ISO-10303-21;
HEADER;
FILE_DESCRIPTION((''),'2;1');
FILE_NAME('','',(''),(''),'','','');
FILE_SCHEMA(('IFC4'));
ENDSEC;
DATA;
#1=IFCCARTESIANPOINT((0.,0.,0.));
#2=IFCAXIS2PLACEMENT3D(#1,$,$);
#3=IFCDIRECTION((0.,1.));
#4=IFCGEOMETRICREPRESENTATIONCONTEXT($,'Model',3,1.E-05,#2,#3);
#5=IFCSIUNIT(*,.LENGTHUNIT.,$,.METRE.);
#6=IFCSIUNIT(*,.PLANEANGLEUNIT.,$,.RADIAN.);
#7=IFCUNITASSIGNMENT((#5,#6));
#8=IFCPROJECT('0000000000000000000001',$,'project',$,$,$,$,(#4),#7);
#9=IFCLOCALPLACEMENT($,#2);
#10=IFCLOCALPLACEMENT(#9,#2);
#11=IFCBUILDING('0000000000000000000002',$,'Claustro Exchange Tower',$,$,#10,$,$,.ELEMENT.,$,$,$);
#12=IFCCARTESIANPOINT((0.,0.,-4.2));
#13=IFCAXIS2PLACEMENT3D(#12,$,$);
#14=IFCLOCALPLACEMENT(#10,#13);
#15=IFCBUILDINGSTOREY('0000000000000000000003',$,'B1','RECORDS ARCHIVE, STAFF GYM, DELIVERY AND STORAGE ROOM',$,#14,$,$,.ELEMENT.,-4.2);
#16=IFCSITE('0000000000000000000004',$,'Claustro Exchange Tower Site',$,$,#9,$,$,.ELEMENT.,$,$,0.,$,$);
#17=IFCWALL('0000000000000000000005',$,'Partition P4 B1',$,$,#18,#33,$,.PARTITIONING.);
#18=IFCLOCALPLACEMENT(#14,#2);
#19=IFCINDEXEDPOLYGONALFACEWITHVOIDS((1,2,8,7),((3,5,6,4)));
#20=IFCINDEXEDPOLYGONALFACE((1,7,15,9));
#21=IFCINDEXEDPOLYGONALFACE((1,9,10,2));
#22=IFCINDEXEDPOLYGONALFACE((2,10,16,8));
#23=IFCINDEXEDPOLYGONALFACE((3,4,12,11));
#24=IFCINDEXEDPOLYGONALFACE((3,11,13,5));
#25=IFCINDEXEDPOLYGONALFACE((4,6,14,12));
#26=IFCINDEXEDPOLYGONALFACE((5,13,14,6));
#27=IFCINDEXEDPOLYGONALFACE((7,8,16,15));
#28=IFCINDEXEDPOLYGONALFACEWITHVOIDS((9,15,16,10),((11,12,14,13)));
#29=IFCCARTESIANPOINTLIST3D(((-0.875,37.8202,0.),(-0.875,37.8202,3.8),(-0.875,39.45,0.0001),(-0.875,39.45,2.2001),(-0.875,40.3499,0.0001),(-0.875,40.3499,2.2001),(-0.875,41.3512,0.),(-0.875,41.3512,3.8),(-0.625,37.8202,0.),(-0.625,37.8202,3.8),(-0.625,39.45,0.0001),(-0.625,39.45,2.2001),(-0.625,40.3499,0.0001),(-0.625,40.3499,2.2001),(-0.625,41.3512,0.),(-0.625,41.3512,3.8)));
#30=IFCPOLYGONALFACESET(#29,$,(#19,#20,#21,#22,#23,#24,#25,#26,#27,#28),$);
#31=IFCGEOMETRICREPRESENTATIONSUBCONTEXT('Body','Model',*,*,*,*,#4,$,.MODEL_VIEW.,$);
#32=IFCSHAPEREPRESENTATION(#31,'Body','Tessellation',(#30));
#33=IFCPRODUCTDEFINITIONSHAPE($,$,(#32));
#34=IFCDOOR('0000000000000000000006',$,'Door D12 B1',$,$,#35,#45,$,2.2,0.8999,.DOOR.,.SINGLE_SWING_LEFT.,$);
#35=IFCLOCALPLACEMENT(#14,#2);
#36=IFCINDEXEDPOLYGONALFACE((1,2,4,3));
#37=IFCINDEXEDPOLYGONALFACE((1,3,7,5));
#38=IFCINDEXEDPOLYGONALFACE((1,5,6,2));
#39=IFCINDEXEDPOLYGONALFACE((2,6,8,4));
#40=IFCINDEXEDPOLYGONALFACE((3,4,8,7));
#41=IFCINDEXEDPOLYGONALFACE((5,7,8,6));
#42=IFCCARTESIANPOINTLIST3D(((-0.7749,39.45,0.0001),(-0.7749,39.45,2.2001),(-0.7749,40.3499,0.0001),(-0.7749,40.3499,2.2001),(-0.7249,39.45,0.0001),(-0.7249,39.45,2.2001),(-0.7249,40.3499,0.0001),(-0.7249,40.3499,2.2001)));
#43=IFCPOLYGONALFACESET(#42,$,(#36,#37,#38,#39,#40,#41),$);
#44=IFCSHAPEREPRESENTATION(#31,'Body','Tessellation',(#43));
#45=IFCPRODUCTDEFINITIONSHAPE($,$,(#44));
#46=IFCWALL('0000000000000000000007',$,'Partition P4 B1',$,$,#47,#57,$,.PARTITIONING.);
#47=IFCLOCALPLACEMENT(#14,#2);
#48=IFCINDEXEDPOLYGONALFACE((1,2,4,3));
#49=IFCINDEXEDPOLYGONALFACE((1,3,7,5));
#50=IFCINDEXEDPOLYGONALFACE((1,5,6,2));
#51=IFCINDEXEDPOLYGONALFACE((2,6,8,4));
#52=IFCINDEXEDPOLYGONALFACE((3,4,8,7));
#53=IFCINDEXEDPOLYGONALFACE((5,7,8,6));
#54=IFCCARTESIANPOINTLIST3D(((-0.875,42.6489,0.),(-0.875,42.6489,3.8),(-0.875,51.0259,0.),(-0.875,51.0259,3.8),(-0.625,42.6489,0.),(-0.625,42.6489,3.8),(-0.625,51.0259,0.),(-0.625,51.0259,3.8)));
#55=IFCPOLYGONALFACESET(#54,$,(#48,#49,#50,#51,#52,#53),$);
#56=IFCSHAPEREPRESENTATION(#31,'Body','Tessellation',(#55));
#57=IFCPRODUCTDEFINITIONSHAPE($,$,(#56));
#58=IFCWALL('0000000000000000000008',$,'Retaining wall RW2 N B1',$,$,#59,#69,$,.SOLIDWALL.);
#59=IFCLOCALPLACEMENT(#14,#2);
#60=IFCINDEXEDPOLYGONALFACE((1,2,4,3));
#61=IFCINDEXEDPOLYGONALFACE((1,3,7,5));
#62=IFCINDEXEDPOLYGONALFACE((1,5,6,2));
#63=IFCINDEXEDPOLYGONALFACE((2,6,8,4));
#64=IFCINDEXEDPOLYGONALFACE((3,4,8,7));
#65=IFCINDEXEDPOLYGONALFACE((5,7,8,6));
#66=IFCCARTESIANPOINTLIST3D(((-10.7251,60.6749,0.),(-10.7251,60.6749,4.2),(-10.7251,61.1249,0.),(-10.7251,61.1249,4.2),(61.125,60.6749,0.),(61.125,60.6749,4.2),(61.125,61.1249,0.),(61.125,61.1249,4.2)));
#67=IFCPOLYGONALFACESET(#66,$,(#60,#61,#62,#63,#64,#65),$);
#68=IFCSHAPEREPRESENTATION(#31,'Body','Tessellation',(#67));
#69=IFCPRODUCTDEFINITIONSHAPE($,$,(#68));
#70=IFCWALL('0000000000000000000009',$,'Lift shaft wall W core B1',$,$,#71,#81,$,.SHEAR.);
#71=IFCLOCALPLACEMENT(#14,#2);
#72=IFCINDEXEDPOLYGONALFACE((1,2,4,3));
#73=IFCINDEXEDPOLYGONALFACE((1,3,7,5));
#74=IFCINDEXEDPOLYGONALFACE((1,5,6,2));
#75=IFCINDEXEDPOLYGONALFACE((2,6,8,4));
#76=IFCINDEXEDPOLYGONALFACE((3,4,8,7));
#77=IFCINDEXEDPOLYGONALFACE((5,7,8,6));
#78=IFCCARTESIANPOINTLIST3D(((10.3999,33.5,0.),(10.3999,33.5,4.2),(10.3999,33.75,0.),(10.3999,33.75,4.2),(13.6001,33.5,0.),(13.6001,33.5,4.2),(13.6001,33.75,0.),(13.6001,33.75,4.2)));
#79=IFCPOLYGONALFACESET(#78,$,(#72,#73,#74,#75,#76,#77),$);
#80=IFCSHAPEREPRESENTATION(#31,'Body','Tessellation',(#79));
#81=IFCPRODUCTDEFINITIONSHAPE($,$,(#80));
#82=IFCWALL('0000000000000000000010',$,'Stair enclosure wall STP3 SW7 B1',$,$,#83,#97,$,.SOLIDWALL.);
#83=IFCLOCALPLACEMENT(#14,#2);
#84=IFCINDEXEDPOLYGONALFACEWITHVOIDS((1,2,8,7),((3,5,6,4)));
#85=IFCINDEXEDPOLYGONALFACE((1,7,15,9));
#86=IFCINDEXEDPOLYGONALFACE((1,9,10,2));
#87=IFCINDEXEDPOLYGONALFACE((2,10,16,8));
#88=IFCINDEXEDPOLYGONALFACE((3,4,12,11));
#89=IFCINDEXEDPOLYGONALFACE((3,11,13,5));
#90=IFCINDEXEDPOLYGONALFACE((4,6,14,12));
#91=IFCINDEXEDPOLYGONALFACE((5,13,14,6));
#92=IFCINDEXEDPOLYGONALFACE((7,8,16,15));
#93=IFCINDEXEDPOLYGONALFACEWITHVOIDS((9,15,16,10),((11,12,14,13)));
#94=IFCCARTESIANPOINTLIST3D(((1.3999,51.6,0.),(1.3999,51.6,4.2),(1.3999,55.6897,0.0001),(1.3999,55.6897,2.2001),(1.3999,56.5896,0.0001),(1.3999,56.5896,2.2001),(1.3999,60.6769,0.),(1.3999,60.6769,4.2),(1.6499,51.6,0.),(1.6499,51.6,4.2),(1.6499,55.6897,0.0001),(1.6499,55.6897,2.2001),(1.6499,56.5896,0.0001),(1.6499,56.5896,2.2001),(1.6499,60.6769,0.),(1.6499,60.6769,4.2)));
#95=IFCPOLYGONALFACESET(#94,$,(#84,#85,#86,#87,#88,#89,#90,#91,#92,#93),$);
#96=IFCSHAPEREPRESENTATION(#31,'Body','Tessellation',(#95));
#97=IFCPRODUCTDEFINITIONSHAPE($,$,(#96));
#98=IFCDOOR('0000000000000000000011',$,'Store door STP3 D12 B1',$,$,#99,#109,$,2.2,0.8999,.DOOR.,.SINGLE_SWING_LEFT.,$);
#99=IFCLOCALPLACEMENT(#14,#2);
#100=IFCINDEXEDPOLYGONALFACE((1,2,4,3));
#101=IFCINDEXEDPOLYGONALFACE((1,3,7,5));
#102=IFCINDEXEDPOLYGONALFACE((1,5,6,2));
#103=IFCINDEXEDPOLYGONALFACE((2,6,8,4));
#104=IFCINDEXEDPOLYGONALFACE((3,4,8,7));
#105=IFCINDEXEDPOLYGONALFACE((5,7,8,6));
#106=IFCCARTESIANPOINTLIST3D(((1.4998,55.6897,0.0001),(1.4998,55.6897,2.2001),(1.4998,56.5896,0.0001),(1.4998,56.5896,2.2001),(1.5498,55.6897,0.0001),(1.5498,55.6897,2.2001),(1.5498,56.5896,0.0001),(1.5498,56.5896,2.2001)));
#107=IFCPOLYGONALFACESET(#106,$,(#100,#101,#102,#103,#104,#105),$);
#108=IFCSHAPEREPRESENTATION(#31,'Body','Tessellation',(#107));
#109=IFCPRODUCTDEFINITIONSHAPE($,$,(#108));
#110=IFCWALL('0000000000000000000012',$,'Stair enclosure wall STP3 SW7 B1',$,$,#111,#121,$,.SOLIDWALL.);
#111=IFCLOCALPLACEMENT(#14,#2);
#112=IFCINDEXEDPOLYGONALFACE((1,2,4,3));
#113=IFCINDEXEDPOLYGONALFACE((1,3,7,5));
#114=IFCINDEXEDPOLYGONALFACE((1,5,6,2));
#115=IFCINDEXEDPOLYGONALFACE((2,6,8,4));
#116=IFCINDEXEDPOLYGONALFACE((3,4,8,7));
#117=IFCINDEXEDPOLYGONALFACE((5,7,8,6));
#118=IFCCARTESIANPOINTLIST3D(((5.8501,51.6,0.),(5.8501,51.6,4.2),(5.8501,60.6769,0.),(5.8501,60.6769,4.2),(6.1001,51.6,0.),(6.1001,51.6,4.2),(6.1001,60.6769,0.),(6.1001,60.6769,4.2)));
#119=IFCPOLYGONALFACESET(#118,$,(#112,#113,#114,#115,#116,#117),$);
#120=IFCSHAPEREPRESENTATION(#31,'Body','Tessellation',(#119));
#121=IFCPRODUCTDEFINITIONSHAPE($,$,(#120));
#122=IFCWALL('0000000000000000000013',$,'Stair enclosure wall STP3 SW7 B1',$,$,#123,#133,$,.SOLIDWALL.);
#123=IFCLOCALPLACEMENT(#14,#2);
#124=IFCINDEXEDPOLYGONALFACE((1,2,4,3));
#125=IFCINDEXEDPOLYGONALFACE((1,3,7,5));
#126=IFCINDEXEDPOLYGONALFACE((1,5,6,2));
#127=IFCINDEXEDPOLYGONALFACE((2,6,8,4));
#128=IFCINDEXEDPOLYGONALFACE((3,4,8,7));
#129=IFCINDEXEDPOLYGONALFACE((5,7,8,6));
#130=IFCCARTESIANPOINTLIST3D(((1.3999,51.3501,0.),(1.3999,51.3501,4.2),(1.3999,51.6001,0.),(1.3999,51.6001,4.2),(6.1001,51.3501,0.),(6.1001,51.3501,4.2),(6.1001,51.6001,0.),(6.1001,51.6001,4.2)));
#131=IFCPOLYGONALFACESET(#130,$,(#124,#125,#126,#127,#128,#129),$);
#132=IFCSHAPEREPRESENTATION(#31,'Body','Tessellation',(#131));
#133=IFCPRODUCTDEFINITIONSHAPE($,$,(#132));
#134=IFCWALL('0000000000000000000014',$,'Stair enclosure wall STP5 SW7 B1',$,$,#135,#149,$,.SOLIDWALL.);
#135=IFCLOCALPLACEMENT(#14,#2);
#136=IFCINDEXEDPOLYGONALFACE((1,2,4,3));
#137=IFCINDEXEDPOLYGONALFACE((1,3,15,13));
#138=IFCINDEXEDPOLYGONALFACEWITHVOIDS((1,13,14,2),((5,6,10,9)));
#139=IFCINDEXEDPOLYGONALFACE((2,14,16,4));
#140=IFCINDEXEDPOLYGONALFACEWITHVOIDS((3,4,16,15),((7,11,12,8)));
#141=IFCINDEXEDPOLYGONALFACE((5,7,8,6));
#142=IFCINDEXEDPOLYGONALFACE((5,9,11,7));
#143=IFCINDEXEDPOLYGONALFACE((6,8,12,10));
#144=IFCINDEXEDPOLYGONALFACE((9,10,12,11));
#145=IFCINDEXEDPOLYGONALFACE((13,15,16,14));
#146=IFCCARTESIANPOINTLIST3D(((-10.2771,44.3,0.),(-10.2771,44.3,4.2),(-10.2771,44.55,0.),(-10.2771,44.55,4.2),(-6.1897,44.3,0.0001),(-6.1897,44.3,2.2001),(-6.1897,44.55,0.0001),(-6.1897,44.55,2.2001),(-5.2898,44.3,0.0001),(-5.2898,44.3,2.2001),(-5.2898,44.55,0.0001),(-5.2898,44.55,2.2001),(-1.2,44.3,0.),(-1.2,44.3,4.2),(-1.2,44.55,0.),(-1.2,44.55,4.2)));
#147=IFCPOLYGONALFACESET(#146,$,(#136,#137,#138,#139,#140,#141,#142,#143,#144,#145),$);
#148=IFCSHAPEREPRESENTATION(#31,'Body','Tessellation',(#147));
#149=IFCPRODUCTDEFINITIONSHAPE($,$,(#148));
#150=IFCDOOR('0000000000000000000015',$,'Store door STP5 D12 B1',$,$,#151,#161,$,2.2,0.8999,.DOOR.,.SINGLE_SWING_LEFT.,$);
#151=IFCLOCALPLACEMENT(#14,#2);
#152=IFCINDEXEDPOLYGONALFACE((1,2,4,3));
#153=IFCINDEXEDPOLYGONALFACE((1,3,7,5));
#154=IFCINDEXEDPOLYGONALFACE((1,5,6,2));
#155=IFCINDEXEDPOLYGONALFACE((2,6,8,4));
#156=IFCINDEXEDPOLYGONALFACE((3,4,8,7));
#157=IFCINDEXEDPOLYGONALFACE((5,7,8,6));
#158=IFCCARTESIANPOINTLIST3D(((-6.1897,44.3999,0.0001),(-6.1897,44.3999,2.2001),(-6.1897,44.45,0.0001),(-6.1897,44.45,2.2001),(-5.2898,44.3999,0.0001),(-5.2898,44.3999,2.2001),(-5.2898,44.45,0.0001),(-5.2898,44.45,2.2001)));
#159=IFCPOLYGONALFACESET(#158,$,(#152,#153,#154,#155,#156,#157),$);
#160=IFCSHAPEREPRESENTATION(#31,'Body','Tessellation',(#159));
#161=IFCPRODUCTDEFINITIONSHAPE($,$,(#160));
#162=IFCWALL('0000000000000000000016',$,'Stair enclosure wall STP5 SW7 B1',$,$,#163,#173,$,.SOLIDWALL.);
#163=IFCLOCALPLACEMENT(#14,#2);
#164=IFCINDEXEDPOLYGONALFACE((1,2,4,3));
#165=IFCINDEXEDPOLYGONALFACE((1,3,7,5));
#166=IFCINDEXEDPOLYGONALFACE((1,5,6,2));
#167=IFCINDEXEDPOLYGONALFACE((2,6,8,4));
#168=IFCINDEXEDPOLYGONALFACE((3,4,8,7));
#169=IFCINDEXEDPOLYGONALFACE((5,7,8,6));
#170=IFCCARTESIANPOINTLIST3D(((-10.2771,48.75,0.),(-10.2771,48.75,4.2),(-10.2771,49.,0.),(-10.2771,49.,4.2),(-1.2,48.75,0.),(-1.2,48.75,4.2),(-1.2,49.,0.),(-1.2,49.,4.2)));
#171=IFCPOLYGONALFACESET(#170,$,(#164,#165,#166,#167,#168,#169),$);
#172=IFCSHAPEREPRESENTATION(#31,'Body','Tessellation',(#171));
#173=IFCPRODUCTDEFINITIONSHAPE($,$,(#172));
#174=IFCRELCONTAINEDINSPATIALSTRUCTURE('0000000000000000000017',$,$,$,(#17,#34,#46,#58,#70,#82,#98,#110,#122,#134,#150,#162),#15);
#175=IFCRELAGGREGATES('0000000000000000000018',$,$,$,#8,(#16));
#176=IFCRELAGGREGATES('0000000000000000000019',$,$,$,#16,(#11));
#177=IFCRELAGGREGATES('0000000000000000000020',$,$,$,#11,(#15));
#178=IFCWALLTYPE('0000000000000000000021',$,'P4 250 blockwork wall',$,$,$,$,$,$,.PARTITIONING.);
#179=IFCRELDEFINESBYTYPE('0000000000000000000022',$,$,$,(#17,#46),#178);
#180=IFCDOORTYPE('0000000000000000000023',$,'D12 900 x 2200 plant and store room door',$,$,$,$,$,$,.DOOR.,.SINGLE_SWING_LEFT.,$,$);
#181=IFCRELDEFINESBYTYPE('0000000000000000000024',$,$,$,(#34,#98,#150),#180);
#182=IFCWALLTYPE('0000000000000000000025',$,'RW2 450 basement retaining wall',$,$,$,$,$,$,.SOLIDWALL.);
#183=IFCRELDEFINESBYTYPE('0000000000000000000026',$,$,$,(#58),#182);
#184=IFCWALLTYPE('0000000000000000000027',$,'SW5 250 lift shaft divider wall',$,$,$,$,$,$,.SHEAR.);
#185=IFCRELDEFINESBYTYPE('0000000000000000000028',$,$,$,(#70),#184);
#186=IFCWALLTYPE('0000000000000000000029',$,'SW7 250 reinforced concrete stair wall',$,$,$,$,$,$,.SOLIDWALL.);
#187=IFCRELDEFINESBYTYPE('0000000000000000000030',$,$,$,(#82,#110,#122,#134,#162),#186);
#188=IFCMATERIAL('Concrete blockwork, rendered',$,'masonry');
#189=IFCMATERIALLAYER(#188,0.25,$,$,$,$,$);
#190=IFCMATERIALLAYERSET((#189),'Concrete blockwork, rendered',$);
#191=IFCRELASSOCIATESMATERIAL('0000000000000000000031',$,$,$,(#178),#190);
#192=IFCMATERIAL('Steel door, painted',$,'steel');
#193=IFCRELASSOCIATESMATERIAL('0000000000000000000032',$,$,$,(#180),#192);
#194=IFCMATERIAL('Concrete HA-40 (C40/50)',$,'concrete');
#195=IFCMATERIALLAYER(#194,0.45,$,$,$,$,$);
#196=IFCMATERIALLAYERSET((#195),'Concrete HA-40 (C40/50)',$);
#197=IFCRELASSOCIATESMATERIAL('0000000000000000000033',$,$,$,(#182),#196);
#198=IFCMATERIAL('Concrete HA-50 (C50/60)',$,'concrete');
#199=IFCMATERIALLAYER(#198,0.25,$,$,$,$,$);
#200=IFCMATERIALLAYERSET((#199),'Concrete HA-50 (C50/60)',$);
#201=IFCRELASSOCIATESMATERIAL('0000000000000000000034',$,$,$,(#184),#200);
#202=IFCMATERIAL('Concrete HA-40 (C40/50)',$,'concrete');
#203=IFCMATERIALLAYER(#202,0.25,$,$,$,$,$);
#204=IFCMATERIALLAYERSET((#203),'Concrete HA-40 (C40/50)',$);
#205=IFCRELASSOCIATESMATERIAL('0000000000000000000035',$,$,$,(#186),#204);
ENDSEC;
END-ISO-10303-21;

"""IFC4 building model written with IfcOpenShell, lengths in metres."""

from ifc_helpers import new_model, si_unit, direction, frame, frame_2d, origin, place, context, subcontext, project, spatial, rectangle, extrude, material, layer, layer_set, type_object, element, fill, save


model = new_model("IFC4")

# Units and contexts
model_context = context("Model", 3, precision=1e-05, world=origin(), true_north=direction((0.0, 1.0)))
body_context = subcontext(model_context, "Body", "Model", "MODEL_VIEW")
ifc_project = project(units=[si_unit("LENGTHUNIT", "METRE"), si_unit("PLANEANGLEUNIT", "RADIAN")], contexts=[model_context])

# Site, building, storey
site_placement = place(None, origin())
site = spatial("IfcSite", under=ifc_project, at=site_placement, Name="Claustro Exchange Tower Site", CompositionType="ELEMENT", RefElevation=0.0)
building_placement = place(site_placement, origin())
building = spatial("IfcBuilding", under=site, at=building_placement, Name="Claustro Exchange Tower", CompositionType="ELEMENT")
storey_placement = place(building_placement, frame((0.0, 0.0, -4.2)))
storey = spatial("IfcBuildingStorey", under=building, at=storey_placement, Name="B1", Description="RECORDS ARCHIVE, STAFF GYM, DELIVERY AND STORAGE ROOM", CompositionType="ELEMENT", Elevation=-4.2)

# Shared definitions
ifc_material_1 = material(Name="Concrete blockwork, rendered", Category="masonry")
ifc_layer_1 = layer(ifc_material_1, 0.25)
ifc_layer_set_1 = layer_set([ifc_layer_1], Name="Concrete blockwork, rendered")
wall_type_1 = type_object("IfcWallType", Name="P4 250 blockwork wall", PredefinedType="PARTITIONING", material=ifc_layer_set_1)
ifc_material_2 = material(Name="Steel door, painted", Category="steel")
door_type_1 = type_object("IfcDoorType", Name="D12 900 x 2200 plant and store room door", OperationType="SINGLE_SWING_LEFT", PredefinedType="DOOR", material=ifc_material_2)

# Wall, opening, door
wall_1_placement = place(storey_placement, frame((-0.75, 37.8201, 0.0), z_axis=(0.0, 0.0, 1.0), x_axis=(0.0, 1.0, 0.0)))
wall_1 = element("IfcWall", 1, at=wall_1_placement, inside=storey, type_object=wall_type_1, Name="Partition P4 B1", PredefinedType="PARTITIONING", context=body_context, shape_type="SweptSolid", body=[
    extrude(rectangle(XDim=3.531, YDim=0.25, at=frame_2d((1.7656, 0.0))), origin(), (0.0, 0.0, 1.0), 3.8),
])
opening_1_placement = place(wall_1_placement, frame((1.6299, 0.0, 0.0)))
opening_1 = element("IfcOpeningElement", 2, at=opening_1_placement, cuts=wall_1, PredefinedType="OPENING", context=body_context, shape_type="SweptSolid", body=[
    extrude(rectangle(XDim=0.8999, YDim=2.2, at=frame_2d((0.45, 1.1001))), frame((0.0, 0.135, 0.0), z_axis=(0.0, -1.0, 0.0), x_axis=(1.0, 0.0, 0.0)), (0.0, 0.0, 1.0), 0.27),
])
door_1_placement = place(opening_1_placement, origin())
door_1 = element("IfcDoor", 3, at=door_1_placement, inside=storey, type_object=door_type_1, Name="Door D12 B1", OperationType="SINGLE_SWING_LEFT", OverallHeight=2.2, OverallWidth=0.8999, PredefinedType="DOOR", context=body_context, shape_type="SweptSolid", body=[
    extrude(rectangle(XDim=0.8999, YDim=2.2, at=frame_2d((0.45, 1.1001))), frame((0.0, 0.0249, 0.0), z_axis=(0.0, -1.0, 0.0), x_axis=(1.0, 0.0, 0.0)), (0.0, 0.0, 1.0), 0.05),
])
fill(opening_1, door_1)

# Walls
wall_2_placement = place(storey_placement, frame((-0.75, 42.6489, 0.0), z_axis=(0.0, 0.0, 1.0), x_axis=(0.0, 1.0, 0.0)))
element("IfcWall", 4, at=wall_2_placement, inside=storey, type_object=wall_type_1, Name="Partition P4 B1", PredefinedType="PARTITIONING", context=body_context, shape_type="SweptSolid", body=[
    extrude(rectangle(XDim=8.377, YDim=0.25, at=frame_2d((4.1885, 0.0))), origin(), (0.0, 0.0, 1.0), 3.8),
])
ifc_material_3 = material(Name="Concrete HA-40 (C40/50)", Category="concrete")
ifc_layer_2 = layer(ifc_material_3, 0.45)
ifc_layer_set_2 = layer_set([ifc_layer_2], Name="Concrete HA-40 (C40/50)")
wall_type_2 = type_object("IfcWallType", Name="RW2 450 basement retaining wall", PredefinedType="SOLIDWALL", material=ifc_layer_set_2)
wall_3_placement = place(storey_placement, frame((-10.7251, 60.8999, 0.0), z_axis=(0.0, 0.0, 1.0), x_axis=(1.0, 0.0, 0.0)))
element("IfcWall", 5, at=wall_3_placement, inside=storey, type_object=wall_type_2, Name="Retaining wall RW2 N B1", PredefinedType="SOLIDWALL", context=body_context, shape_type="SweptSolid", body=[
    extrude(rectangle(XDim=71.8501, YDim=0.45, at=frame_2d((35.925, 0.0))), origin(), (0.0, 0.0, 1.0), 4.2),
])

# Wall
ifc_material_4 = material(Name="Concrete HA-50 (C50/60)", Category="concrete")
ifc_layer_3 = layer(ifc_material_4, 0.25)
ifc_layer_set_3 = layer_set([ifc_layer_3], Name="Concrete HA-50 (C50/60)")
wall_type_3 = type_object("IfcWallType", Name="SW5 250 lift shaft divider wall", PredefinedType="SHEAR", material=ifc_layer_set_3)
wall_4_placement = place(storey_placement, frame((10.3999, 33.625, 0.0), z_axis=(0.0, 0.0, 1.0), x_axis=(1.0, 0.0, 0.0)))
element("IfcWall", 6, at=wall_4_placement, inside=storey, type_object=wall_type_3, Name="Lift shaft wall W core B1", PredefinedType="SHEAR", context=body_context, shape_type="SweptSolid", body=[
    extrude(rectangle(XDim=3.2002, YDim=0.25, at=frame_2d((1.6001, 0.0))), origin(), (0.0, 0.0, 1.0), 4.2),
])

# Wall, opening, door
ifc_material_5 = material(Name="Concrete HA-40 (C40/50)", Category="concrete")
ifc_layer_4 = layer(ifc_material_5, 0.25)
ifc_layer_set_4 = layer_set([ifc_layer_4], Name="Concrete HA-40 (C40/50)")
wall_type_4 = type_object("IfcWallType", Name="SW7 250 reinforced concrete stair wall", PredefinedType="SOLIDWALL", material=ifc_layer_set_4)
wall_5_placement = place(storey_placement, frame((1.5249, 60.677, 0.0), z_axis=(0.0, 0.0, 1.0), x_axis=(0.0, -1.0, 0.0)))
wall_5 = element("IfcWall", 7, at=wall_5_placement, inside=storey, type_object=wall_type_4, Name="Stair enclosure wall STP3 SW7 B1", PredefinedType="SOLIDWALL", context=body_context, shape_type="SweptSolid", body=[
    extrude(rectangle(XDim=9.0769, YDim=0.25, at=frame_2d((4.5386, 0.0))), origin(), (0.0, 0.0, 1.0), 4.2),
])
opening_2_placement = place(wall_5_placement, frame((4.0874, 0.0, 0.0)))
opening_2 = element("IfcOpeningElement", 8, at=opening_2_placement, cuts=wall_5, PredefinedType="OPENING", context=body_context, shape_type="SweptSolid", body=[
    extrude(rectangle(XDim=0.8999, YDim=2.2, at=frame_2d((0.45, 1.1001))), frame((0.0, 0.135, 0.0), z_axis=(0.0, -1.0, 0.0), x_axis=(1.0, 0.0, 0.0)), (0.0, 0.0, 1.0), 0.27),
])
door_2_placement = place(opening_2_placement, origin())
door_2 = element("IfcDoor", 9, at=door_2_placement, inside=storey, type_object=door_type_1, Name="Store door STP3 D12 B1", OperationType="SINGLE_SWING_LEFT", OverallHeight=2.2, OverallWidth=0.8999, PredefinedType="DOOR", context=body_context, shape_type="SweptSolid", body=[
    extrude(rectangle(XDim=0.8999, YDim=2.2, at=frame_2d((0.45, 1.1001))), frame((0.0, 0.0249, 0.0), z_axis=(0.0, -1.0, 0.0), x_axis=(1.0, 0.0, 0.0)), (0.0, 0.0, 1.0), 0.05),
])
fill(opening_2, door_2)

# Walls
wall_6_placement = place(storey_placement, frame((5.9751, 60.677, 0.0), z_axis=(0.0, 0.0, 1.0), x_axis=(0.0, -1.0, 0.0)))
element("IfcWall", 10, at=wall_6_placement, inside=storey, type_object=wall_type_4, Name="Stair enclosure wall STP3 SW7 B1", PredefinedType="SOLIDWALL", context=body_context, shape_type="SweptSolid", body=[
    extrude(rectangle(XDim=9.0769, YDim=0.25, at=frame_2d((4.5386, 0.0))), origin(), (0.0, 0.0, 1.0), 4.2),
])
wall_7_placement = place(storey_placement, frame((1.3999, 51.4751, 0.0), z_axis=(0.0, 0.0, 1.0), x_axis=(1.0, 0.0, 0.0)))
element("IfcWall", 11, at=wall_7_placement, inside=storey, type_object=wall_type_4, Name="Stair enclosure wall STP3 SW7 B1", PredefinedType="SOLIDWALL", context=body_context, shape_type="SweptSolid", body=[
    extrude(rectangle(XDim=4.7002, YDim=0.25, at=frame_2d((2.3501, 0.0))), origin(), (0.0, 0.0, 1.0), 4.2),
])

# Wall, opening, door
wall_8_placement = place(storey_placement, frame((-10.2771, 44.425, 0.0), z_axis=(0.0, 0.0, 1.0), x_axis=(1.0, 0.0, 0.0)))
wall_8 = element("IfcWall", 12, at=wall_8_placement, inside=storey, type_object=wall_type_4, Name="Stair enclosure wall STP5 SW7 B1", PredefinedType="SOLIDWALL", context=body_context, shape_type="SweptSolid", body=[
    extrude(rectangle(XDim=9.0771, YDim=0.25, at=frame_2d((4.5386, 0.0))), origin(), (0.0, 0.0, 1.0), 4.2),
])
opening_3_placement = place(wall_8_placement, frame((4.0874, 0.0, 0.0)))
opening_3 = element("IfcOpeningElement", 13, at=opening_3_placement, cuts=wall_8, PredefinedType="OPENING", context=body_context, shape_type="SweptSolid", body=[
    extrude(rectangle(XDim=0.8999, YDim=2.2, at=frame_2d((0.45, 1.1001))), frame((0.0, 0.135, 0.0), z_axis=(0.0, -1.0, 0.0), x_axis=(1.0, 0.0, 0.0)), (0.0, 0.0, 1.0), 0.27),
])
door_3_placement = place(opening_3_placement, origin())
door_3 = element("IfcDoor", 14, at=door_3_placement, inside=storey, type_object=door_type_1, Name="Store door STP5 D12 B1", OperationType="SINGLE_SWING_LEFT", OverallHeight=2.2, OverallWidth=0.8999, PredefinedType="DOOR", context=body_context, shape_type="SweptSolid", body=[
    extrude(rectangle(XDim=0.8999, YDim=2.2, at=frame_2d((0.45, 1.1001))), frame((0.0, 0.0249, 0.0), z_axis=(0.0, -1.0, 0.0), x_axis=(1.0, 0.0, 0.0)), (0.0, 0.0, 1.0), 0.05),
])
fill(opening_3, door_3)

# Wall
wall_9_placement = place(storey_placement, frame((-10.2771, 48.875, 0.0), z_axis=(0.0, 0.0, 1.0), x_axis=(1.0, 0.0, 0.0)))
element("IfcWall", 15, at=wall_9_placement, inside=storey, type_object=wall_type_4, Name="Stair enclosure wall STP5 SW7 B1", PredefinedType="SOLIDWALL", context=body_context, shape_type="SweptSolid", body=[
    extrude(rectangle(XDim=9.0771, YDim=0.25, at=frame_2d((4.5386, 0.0))), origin(), (0.0, 0.0, 1.0), 4.2),
])

save(model, "model.ifc")
